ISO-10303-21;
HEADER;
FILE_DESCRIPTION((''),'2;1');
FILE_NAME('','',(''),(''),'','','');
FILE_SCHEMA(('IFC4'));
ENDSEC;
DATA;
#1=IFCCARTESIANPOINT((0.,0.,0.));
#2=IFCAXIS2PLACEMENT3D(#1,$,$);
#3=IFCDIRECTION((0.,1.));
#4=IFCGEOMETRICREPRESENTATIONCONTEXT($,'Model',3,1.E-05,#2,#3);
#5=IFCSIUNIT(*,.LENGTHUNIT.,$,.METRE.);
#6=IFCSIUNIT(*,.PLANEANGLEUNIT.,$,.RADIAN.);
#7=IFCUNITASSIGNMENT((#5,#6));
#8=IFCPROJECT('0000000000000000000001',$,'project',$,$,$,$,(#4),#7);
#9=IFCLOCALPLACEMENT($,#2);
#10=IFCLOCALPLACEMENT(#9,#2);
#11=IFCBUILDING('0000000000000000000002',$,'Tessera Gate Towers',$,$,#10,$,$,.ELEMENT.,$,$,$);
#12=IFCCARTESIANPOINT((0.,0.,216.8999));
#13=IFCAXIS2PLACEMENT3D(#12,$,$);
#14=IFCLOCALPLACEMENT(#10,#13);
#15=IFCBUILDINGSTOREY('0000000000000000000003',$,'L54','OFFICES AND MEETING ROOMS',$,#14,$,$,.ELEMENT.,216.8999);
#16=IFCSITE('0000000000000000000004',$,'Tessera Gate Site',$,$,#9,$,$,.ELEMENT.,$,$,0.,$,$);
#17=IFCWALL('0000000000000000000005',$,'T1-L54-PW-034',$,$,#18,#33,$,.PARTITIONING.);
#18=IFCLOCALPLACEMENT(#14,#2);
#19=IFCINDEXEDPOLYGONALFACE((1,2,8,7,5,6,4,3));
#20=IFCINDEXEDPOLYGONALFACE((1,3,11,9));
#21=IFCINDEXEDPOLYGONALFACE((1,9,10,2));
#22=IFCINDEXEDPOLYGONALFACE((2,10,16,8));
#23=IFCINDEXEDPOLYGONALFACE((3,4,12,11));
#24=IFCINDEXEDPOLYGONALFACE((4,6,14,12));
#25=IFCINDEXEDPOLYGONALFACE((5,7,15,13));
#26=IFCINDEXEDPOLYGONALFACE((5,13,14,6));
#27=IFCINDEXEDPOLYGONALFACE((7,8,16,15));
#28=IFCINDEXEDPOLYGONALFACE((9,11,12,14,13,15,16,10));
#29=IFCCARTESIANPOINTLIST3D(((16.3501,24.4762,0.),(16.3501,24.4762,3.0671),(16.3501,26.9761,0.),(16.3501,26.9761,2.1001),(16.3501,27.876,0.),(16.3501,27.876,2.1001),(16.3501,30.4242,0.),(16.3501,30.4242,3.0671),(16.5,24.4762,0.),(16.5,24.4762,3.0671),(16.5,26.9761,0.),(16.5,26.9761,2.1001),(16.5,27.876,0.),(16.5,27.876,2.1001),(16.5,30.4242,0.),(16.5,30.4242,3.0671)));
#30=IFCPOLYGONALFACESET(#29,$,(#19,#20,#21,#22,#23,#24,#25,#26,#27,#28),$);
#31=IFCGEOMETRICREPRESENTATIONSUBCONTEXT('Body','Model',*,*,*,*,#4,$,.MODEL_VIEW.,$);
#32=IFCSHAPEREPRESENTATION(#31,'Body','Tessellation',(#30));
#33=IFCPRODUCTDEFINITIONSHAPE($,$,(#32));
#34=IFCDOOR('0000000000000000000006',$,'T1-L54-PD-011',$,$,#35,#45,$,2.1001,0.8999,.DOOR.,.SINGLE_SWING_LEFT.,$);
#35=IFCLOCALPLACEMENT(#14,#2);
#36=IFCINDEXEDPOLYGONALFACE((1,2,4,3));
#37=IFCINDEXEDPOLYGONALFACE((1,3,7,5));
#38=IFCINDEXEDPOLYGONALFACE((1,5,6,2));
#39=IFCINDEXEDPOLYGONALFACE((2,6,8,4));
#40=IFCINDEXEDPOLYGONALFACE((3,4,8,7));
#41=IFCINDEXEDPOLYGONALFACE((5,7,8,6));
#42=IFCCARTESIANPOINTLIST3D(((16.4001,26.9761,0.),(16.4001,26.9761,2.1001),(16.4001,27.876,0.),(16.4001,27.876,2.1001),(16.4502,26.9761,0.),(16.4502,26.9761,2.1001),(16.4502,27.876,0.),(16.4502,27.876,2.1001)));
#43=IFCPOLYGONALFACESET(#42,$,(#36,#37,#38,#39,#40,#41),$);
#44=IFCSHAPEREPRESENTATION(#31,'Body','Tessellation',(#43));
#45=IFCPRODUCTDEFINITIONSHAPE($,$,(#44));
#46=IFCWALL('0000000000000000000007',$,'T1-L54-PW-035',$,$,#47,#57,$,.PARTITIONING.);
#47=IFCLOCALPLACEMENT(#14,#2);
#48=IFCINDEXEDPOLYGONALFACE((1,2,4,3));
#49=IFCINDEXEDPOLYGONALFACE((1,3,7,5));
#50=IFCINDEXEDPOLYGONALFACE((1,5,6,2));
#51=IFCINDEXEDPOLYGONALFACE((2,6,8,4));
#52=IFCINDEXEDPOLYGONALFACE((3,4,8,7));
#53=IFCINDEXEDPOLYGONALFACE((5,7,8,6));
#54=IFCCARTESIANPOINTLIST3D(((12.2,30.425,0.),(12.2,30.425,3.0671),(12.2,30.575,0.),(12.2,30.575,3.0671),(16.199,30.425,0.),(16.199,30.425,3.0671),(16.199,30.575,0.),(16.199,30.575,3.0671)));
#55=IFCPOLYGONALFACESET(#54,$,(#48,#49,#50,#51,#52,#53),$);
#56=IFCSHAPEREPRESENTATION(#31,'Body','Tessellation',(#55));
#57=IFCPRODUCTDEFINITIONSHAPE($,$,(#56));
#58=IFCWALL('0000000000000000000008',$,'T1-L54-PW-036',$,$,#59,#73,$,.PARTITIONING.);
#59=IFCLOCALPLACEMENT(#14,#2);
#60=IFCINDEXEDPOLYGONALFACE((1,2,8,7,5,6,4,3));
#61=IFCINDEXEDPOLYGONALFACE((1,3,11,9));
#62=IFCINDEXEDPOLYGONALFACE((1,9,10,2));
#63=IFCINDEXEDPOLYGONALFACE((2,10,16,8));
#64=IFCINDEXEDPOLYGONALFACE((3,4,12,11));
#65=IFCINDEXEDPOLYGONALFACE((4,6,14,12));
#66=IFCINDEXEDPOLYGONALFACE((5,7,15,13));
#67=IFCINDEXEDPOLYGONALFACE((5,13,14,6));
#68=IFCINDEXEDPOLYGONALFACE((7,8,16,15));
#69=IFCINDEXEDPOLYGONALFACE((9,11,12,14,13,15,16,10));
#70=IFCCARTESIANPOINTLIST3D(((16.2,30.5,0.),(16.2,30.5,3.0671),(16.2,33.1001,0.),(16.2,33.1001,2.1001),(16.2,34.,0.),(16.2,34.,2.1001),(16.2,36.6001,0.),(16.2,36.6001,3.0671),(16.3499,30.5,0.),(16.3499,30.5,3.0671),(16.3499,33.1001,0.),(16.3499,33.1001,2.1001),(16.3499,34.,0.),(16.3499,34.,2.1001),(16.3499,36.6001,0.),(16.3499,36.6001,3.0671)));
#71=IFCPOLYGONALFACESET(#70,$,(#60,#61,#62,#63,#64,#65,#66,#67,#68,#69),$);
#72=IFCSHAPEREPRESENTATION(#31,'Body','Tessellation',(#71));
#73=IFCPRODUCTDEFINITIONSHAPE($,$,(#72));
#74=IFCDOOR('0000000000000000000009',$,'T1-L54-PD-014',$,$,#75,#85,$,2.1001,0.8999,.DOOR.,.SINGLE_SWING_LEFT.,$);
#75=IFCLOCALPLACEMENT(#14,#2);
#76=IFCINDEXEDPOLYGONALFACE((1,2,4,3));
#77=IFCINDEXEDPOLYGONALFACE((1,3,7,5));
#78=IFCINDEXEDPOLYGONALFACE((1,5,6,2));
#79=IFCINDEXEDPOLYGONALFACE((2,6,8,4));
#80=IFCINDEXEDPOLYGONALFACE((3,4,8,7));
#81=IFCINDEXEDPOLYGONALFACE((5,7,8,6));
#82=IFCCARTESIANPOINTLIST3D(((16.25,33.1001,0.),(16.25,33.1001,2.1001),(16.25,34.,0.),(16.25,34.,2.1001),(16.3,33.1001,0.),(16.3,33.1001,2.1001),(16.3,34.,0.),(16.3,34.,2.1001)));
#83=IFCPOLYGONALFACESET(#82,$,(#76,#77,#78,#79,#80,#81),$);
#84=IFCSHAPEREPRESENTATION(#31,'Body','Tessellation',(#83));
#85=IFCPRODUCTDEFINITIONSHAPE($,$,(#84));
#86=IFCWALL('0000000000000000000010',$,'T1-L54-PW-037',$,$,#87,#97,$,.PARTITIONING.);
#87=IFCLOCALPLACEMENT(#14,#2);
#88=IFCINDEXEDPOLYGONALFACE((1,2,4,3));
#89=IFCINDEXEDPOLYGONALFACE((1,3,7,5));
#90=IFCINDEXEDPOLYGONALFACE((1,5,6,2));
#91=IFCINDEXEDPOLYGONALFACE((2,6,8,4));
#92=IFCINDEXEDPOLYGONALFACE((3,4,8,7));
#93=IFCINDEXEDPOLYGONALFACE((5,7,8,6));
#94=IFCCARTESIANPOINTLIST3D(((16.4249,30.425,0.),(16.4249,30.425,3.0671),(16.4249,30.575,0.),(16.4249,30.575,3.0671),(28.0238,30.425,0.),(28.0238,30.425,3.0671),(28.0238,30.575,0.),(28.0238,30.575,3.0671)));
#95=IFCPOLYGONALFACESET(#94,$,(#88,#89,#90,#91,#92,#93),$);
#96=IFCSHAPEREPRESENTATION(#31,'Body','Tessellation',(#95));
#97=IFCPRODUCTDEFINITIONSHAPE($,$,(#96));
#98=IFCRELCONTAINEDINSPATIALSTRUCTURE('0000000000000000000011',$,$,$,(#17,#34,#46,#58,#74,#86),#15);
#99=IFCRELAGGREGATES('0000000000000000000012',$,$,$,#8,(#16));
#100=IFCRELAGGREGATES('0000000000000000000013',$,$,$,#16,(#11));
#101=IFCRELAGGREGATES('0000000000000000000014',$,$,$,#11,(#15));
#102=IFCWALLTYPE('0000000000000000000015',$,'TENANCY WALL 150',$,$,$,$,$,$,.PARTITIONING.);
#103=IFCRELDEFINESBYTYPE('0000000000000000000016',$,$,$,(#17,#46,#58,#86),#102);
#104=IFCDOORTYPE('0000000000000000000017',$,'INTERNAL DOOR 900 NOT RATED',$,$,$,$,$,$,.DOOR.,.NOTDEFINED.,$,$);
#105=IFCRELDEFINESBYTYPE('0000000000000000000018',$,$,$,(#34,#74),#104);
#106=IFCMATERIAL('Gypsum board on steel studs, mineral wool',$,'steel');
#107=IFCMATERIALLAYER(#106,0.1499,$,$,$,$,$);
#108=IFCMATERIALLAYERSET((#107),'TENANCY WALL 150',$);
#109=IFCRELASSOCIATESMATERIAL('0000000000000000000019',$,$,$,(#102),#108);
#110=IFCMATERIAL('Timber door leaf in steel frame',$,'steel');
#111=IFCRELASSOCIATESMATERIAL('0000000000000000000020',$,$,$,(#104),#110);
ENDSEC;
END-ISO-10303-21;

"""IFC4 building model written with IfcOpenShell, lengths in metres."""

from ifc_helpers import new_model, si_unit, direction, frame, frame_2d, origin, place, context, subcontext, project, spatial, rectangle, extrude, source, transform, mapped, material, layer, layer_set, type_object, element, fill, save


model = new_model("IFC4")

# Units and contexts
model_context = context("Model", 3, precision=1e-05, world=origin(), true_north=direction((0.0, 1.0)))
body_context = subcontext(model_context, "Body", "Model", "MODEL_VIEW")
ifc_project = project(units=[si_unit("LENGTHUNIT", "METRE"), si_unit("PLANEANGLEUNIT", "RADIAN")], contexts=[model_context])

# Site, building, storey
site_placement = place(None, origin())
site = spatial("IfcSite", under=ifc_project, at=site_placement, Name="Tessera Gate Site", CompositionType="ELEMENT", RefElevation=0.0)
building_placement = place(site_placement, origin())
building = spatial("IfcBuilding", under=site, at=building_placement, Name="Tessera Gate Towers", CompositionType="ELEMENT")
storey_placement = place(building_placement, frame((0.0, 0.0, 216.8999)))
storey = spatial("IfcBuildingStorey", under=building, at=storey_placement, Name="L54", Description="OFFICES AND MEETING ROOMS", CompositionType="ELEMENT", Elevation=216.8999)

# Shared definitions
shared_shape_1 = source(origin(), body_context, "Body", "SweptSolid", [
    extrude(rectangle(XDim=0.8999, YDim=2.1001, at=frame_2d((0.45, 1.05))), frame((0.0, 0.0249, 0.0), z_axis=(0.0, -1.0, 0.0), x_axis=(1.0, 0.0, 0.0)), (0.0, 0.0, 1.0), 0.05),
])

# Shared definitions
ifc_material_1 = material(Name="Gypsum board on steel studs, mineral wool", Category="steel")
ifc_layer_1 = layer(ifc_material_1, 0.1499)
ifc_layer_set_1 = layer_set([ifc_layer_1], Name="TENANCY WALL 150")
wall_type_1 = type_object("IfcWallType", Name="TENANCY WALL 150", PredefinedType="PARTITIONING", material=ifc_layer_set_1)

# Wall, opening, door
wall_1_placement = place(storey_placement, frame((16.425, 24.4761, 0.0), z_axis=(0.0, 0.0, 1.0), x_axis=(0.0, 1.0, 0.0)))
wall_1 = element("IfcWall", 1, at=wall_1_placement, inside=storey, type_object=wall_type_1, Name="T1-L54-PW-034", PredefinedType="PARTITIONING", context=body_context, shape_type="SweptSolid", body=[
    extrude(rectangle(XDim=5.948, YDim=0.1499, at=frame_2d((2.9741, 0.0))), origin(), (0.0, 0.0, 1.0), 3.0671),
])
shared_shape_2 = source(origin(), body_context, "Body", "SweptSolid", [
    extrude(rectangle(XDim=0.8999, YDim=2.1001, at=frame_2d((0.45, 1.05))), frame((0.0, 0.085, 0.0), z_axis=(0.0, -1.0, 0.0), x_axis=(1.0, 0.0, 0.0)), (0.0, 0.0, 1.0), 0.1699),
])
opening_1_placement = place(wall_1_placement, frame((2.5, 0.0, 0.0)))
opening_1 = element("IfcOpeningElement", 2, at=opening_1_placement, cuts=wall_1, PredefinedType="OPENING", context=body_context, shape_type="MappedRepresentation", body=[
    mapped(shared_shape_2, transform((0.0, 0.0, 0.0), scale=1.0)),
])
ifc_material_2 = material(Name="Timber door leaf in steel frame", Category="steel")
door_type_1 = type_object("IfcDoorType", Name="INTERNAL DOOR 900 NOT RATED", OperationType="NOTDEFINED", PredefinedType="DOOR", material=ifc_material_2)
door_1_placement = place(opening_1_placement, origin())
door_1 = element("IfcDoor", 3, at=door_1_placement, inside=storey, type_object=door_type_1, Name="T1-L54-PD-011", OperationType="SINGLE_SWING_LEFT", OverallHeight=2.1001, OverallWidth=0.8999, PredefinedType="DOOR", context=body_context, shape_type="MappedRepresentation", body=[
    mapped(shared_shape_1, transform((0.0, 0.0, 0.0), scale=1.0)),
])
fill(opening_1, door_1)

# Wall
wall_2_placement = place(storey_placement, frame((12.2, 30.5, 0.0), z_axis=(0.0, 0.0, 1.0), x_axis=(1.0, 0.0, 0.0)))
element("IfcWall", 4, at=wall_2_placement, inside=storey, type_object=wall_type_1, Name="T1-L54-PW-035", PredefinedType="PARTITIONING", context=body_context, shape_type="SweptSolid", body=[
    extrude(rectangle(XDim=3.999, YDim=0.1499, at=frame_2d((1.9995, 0.0))), origin(), (0.0, 0.0, 1.0), 3.0671),
])

# Wall, opening, door
wall_3_placement = place(storey_placement, frame((16.2749, 30.5, 0.0), z_axis=(0.0, 0.0, 1.0), x_axis=(0.0, 1.0, 0.0)))
wall_3 = element("IfcWall", 5, at=wall_3_placement, inside=storey, type_object=wall_type_1, Name="T1-L54-PW-036", PredefinedType="PARTITIONING", context=body_context, shape_type="SweptSolid", body=[
    extrude(rectangle(XDim=6.1001, YDim=0.1499, at=frame_2d((3.05, 0.0))), origin(), (0.0, 0.0, 1.0), 3.0671),
])
opening_2_placement = place(wall_3_placement, frame((2.6001, 0.0, 0.0)))
opening_2 = element("IfcOpeningElement", 6, at=opening_2_placement, cuts=wall_3, PredefinedType="OPENING", context=body_context, shape_type="MappedRepresentation", body=[
    mapped(shared_shape_2, transform((0.0, 0.0, 0.0), scale=1.0)),
])
door_2_placement = place(opening_2_placement, origin())
door_2 = element("IfcDoor", 7, at=door_2_placement, inside=storey, type_object=door_type_1, Name="T1-L54-PD-014", OperationType="SINGLE_SWING_LEFT", OverallHeight=2.1001, OverallWidth=0.8999, PredefinedType="DOOR", context=body_context, shape_type="MappedRepresentation", body=[
    mapped(shared_shape_1, transform((0.0, 0.0, 0.0), scale=1.0)),
])
fill(opening_2, door_2)

# Wall
wall_4_placement = place(storey_placement, frame((16.425, 30.5, 0.0), z_axis=(0.0, 0.0, 1.0), x_axis=(1.0, 0.0, 0.0)))
element("IfcWall", 8, at=wall_4_placement, inside=storey, type_object=wall_type_1, Name="T1-L54-PW-037", PredefinedType="PARTITIONING", context=body_context, shape_type="SweptSolid", body=[
    extrude(rectangle(XDim=11.5989, YDim=0.1499, at=frame_2d((5.7993, 0.0))), origin(), (0.0, 0.0, 1.0), 3.0671),
])

save(model, "model.ifc")
